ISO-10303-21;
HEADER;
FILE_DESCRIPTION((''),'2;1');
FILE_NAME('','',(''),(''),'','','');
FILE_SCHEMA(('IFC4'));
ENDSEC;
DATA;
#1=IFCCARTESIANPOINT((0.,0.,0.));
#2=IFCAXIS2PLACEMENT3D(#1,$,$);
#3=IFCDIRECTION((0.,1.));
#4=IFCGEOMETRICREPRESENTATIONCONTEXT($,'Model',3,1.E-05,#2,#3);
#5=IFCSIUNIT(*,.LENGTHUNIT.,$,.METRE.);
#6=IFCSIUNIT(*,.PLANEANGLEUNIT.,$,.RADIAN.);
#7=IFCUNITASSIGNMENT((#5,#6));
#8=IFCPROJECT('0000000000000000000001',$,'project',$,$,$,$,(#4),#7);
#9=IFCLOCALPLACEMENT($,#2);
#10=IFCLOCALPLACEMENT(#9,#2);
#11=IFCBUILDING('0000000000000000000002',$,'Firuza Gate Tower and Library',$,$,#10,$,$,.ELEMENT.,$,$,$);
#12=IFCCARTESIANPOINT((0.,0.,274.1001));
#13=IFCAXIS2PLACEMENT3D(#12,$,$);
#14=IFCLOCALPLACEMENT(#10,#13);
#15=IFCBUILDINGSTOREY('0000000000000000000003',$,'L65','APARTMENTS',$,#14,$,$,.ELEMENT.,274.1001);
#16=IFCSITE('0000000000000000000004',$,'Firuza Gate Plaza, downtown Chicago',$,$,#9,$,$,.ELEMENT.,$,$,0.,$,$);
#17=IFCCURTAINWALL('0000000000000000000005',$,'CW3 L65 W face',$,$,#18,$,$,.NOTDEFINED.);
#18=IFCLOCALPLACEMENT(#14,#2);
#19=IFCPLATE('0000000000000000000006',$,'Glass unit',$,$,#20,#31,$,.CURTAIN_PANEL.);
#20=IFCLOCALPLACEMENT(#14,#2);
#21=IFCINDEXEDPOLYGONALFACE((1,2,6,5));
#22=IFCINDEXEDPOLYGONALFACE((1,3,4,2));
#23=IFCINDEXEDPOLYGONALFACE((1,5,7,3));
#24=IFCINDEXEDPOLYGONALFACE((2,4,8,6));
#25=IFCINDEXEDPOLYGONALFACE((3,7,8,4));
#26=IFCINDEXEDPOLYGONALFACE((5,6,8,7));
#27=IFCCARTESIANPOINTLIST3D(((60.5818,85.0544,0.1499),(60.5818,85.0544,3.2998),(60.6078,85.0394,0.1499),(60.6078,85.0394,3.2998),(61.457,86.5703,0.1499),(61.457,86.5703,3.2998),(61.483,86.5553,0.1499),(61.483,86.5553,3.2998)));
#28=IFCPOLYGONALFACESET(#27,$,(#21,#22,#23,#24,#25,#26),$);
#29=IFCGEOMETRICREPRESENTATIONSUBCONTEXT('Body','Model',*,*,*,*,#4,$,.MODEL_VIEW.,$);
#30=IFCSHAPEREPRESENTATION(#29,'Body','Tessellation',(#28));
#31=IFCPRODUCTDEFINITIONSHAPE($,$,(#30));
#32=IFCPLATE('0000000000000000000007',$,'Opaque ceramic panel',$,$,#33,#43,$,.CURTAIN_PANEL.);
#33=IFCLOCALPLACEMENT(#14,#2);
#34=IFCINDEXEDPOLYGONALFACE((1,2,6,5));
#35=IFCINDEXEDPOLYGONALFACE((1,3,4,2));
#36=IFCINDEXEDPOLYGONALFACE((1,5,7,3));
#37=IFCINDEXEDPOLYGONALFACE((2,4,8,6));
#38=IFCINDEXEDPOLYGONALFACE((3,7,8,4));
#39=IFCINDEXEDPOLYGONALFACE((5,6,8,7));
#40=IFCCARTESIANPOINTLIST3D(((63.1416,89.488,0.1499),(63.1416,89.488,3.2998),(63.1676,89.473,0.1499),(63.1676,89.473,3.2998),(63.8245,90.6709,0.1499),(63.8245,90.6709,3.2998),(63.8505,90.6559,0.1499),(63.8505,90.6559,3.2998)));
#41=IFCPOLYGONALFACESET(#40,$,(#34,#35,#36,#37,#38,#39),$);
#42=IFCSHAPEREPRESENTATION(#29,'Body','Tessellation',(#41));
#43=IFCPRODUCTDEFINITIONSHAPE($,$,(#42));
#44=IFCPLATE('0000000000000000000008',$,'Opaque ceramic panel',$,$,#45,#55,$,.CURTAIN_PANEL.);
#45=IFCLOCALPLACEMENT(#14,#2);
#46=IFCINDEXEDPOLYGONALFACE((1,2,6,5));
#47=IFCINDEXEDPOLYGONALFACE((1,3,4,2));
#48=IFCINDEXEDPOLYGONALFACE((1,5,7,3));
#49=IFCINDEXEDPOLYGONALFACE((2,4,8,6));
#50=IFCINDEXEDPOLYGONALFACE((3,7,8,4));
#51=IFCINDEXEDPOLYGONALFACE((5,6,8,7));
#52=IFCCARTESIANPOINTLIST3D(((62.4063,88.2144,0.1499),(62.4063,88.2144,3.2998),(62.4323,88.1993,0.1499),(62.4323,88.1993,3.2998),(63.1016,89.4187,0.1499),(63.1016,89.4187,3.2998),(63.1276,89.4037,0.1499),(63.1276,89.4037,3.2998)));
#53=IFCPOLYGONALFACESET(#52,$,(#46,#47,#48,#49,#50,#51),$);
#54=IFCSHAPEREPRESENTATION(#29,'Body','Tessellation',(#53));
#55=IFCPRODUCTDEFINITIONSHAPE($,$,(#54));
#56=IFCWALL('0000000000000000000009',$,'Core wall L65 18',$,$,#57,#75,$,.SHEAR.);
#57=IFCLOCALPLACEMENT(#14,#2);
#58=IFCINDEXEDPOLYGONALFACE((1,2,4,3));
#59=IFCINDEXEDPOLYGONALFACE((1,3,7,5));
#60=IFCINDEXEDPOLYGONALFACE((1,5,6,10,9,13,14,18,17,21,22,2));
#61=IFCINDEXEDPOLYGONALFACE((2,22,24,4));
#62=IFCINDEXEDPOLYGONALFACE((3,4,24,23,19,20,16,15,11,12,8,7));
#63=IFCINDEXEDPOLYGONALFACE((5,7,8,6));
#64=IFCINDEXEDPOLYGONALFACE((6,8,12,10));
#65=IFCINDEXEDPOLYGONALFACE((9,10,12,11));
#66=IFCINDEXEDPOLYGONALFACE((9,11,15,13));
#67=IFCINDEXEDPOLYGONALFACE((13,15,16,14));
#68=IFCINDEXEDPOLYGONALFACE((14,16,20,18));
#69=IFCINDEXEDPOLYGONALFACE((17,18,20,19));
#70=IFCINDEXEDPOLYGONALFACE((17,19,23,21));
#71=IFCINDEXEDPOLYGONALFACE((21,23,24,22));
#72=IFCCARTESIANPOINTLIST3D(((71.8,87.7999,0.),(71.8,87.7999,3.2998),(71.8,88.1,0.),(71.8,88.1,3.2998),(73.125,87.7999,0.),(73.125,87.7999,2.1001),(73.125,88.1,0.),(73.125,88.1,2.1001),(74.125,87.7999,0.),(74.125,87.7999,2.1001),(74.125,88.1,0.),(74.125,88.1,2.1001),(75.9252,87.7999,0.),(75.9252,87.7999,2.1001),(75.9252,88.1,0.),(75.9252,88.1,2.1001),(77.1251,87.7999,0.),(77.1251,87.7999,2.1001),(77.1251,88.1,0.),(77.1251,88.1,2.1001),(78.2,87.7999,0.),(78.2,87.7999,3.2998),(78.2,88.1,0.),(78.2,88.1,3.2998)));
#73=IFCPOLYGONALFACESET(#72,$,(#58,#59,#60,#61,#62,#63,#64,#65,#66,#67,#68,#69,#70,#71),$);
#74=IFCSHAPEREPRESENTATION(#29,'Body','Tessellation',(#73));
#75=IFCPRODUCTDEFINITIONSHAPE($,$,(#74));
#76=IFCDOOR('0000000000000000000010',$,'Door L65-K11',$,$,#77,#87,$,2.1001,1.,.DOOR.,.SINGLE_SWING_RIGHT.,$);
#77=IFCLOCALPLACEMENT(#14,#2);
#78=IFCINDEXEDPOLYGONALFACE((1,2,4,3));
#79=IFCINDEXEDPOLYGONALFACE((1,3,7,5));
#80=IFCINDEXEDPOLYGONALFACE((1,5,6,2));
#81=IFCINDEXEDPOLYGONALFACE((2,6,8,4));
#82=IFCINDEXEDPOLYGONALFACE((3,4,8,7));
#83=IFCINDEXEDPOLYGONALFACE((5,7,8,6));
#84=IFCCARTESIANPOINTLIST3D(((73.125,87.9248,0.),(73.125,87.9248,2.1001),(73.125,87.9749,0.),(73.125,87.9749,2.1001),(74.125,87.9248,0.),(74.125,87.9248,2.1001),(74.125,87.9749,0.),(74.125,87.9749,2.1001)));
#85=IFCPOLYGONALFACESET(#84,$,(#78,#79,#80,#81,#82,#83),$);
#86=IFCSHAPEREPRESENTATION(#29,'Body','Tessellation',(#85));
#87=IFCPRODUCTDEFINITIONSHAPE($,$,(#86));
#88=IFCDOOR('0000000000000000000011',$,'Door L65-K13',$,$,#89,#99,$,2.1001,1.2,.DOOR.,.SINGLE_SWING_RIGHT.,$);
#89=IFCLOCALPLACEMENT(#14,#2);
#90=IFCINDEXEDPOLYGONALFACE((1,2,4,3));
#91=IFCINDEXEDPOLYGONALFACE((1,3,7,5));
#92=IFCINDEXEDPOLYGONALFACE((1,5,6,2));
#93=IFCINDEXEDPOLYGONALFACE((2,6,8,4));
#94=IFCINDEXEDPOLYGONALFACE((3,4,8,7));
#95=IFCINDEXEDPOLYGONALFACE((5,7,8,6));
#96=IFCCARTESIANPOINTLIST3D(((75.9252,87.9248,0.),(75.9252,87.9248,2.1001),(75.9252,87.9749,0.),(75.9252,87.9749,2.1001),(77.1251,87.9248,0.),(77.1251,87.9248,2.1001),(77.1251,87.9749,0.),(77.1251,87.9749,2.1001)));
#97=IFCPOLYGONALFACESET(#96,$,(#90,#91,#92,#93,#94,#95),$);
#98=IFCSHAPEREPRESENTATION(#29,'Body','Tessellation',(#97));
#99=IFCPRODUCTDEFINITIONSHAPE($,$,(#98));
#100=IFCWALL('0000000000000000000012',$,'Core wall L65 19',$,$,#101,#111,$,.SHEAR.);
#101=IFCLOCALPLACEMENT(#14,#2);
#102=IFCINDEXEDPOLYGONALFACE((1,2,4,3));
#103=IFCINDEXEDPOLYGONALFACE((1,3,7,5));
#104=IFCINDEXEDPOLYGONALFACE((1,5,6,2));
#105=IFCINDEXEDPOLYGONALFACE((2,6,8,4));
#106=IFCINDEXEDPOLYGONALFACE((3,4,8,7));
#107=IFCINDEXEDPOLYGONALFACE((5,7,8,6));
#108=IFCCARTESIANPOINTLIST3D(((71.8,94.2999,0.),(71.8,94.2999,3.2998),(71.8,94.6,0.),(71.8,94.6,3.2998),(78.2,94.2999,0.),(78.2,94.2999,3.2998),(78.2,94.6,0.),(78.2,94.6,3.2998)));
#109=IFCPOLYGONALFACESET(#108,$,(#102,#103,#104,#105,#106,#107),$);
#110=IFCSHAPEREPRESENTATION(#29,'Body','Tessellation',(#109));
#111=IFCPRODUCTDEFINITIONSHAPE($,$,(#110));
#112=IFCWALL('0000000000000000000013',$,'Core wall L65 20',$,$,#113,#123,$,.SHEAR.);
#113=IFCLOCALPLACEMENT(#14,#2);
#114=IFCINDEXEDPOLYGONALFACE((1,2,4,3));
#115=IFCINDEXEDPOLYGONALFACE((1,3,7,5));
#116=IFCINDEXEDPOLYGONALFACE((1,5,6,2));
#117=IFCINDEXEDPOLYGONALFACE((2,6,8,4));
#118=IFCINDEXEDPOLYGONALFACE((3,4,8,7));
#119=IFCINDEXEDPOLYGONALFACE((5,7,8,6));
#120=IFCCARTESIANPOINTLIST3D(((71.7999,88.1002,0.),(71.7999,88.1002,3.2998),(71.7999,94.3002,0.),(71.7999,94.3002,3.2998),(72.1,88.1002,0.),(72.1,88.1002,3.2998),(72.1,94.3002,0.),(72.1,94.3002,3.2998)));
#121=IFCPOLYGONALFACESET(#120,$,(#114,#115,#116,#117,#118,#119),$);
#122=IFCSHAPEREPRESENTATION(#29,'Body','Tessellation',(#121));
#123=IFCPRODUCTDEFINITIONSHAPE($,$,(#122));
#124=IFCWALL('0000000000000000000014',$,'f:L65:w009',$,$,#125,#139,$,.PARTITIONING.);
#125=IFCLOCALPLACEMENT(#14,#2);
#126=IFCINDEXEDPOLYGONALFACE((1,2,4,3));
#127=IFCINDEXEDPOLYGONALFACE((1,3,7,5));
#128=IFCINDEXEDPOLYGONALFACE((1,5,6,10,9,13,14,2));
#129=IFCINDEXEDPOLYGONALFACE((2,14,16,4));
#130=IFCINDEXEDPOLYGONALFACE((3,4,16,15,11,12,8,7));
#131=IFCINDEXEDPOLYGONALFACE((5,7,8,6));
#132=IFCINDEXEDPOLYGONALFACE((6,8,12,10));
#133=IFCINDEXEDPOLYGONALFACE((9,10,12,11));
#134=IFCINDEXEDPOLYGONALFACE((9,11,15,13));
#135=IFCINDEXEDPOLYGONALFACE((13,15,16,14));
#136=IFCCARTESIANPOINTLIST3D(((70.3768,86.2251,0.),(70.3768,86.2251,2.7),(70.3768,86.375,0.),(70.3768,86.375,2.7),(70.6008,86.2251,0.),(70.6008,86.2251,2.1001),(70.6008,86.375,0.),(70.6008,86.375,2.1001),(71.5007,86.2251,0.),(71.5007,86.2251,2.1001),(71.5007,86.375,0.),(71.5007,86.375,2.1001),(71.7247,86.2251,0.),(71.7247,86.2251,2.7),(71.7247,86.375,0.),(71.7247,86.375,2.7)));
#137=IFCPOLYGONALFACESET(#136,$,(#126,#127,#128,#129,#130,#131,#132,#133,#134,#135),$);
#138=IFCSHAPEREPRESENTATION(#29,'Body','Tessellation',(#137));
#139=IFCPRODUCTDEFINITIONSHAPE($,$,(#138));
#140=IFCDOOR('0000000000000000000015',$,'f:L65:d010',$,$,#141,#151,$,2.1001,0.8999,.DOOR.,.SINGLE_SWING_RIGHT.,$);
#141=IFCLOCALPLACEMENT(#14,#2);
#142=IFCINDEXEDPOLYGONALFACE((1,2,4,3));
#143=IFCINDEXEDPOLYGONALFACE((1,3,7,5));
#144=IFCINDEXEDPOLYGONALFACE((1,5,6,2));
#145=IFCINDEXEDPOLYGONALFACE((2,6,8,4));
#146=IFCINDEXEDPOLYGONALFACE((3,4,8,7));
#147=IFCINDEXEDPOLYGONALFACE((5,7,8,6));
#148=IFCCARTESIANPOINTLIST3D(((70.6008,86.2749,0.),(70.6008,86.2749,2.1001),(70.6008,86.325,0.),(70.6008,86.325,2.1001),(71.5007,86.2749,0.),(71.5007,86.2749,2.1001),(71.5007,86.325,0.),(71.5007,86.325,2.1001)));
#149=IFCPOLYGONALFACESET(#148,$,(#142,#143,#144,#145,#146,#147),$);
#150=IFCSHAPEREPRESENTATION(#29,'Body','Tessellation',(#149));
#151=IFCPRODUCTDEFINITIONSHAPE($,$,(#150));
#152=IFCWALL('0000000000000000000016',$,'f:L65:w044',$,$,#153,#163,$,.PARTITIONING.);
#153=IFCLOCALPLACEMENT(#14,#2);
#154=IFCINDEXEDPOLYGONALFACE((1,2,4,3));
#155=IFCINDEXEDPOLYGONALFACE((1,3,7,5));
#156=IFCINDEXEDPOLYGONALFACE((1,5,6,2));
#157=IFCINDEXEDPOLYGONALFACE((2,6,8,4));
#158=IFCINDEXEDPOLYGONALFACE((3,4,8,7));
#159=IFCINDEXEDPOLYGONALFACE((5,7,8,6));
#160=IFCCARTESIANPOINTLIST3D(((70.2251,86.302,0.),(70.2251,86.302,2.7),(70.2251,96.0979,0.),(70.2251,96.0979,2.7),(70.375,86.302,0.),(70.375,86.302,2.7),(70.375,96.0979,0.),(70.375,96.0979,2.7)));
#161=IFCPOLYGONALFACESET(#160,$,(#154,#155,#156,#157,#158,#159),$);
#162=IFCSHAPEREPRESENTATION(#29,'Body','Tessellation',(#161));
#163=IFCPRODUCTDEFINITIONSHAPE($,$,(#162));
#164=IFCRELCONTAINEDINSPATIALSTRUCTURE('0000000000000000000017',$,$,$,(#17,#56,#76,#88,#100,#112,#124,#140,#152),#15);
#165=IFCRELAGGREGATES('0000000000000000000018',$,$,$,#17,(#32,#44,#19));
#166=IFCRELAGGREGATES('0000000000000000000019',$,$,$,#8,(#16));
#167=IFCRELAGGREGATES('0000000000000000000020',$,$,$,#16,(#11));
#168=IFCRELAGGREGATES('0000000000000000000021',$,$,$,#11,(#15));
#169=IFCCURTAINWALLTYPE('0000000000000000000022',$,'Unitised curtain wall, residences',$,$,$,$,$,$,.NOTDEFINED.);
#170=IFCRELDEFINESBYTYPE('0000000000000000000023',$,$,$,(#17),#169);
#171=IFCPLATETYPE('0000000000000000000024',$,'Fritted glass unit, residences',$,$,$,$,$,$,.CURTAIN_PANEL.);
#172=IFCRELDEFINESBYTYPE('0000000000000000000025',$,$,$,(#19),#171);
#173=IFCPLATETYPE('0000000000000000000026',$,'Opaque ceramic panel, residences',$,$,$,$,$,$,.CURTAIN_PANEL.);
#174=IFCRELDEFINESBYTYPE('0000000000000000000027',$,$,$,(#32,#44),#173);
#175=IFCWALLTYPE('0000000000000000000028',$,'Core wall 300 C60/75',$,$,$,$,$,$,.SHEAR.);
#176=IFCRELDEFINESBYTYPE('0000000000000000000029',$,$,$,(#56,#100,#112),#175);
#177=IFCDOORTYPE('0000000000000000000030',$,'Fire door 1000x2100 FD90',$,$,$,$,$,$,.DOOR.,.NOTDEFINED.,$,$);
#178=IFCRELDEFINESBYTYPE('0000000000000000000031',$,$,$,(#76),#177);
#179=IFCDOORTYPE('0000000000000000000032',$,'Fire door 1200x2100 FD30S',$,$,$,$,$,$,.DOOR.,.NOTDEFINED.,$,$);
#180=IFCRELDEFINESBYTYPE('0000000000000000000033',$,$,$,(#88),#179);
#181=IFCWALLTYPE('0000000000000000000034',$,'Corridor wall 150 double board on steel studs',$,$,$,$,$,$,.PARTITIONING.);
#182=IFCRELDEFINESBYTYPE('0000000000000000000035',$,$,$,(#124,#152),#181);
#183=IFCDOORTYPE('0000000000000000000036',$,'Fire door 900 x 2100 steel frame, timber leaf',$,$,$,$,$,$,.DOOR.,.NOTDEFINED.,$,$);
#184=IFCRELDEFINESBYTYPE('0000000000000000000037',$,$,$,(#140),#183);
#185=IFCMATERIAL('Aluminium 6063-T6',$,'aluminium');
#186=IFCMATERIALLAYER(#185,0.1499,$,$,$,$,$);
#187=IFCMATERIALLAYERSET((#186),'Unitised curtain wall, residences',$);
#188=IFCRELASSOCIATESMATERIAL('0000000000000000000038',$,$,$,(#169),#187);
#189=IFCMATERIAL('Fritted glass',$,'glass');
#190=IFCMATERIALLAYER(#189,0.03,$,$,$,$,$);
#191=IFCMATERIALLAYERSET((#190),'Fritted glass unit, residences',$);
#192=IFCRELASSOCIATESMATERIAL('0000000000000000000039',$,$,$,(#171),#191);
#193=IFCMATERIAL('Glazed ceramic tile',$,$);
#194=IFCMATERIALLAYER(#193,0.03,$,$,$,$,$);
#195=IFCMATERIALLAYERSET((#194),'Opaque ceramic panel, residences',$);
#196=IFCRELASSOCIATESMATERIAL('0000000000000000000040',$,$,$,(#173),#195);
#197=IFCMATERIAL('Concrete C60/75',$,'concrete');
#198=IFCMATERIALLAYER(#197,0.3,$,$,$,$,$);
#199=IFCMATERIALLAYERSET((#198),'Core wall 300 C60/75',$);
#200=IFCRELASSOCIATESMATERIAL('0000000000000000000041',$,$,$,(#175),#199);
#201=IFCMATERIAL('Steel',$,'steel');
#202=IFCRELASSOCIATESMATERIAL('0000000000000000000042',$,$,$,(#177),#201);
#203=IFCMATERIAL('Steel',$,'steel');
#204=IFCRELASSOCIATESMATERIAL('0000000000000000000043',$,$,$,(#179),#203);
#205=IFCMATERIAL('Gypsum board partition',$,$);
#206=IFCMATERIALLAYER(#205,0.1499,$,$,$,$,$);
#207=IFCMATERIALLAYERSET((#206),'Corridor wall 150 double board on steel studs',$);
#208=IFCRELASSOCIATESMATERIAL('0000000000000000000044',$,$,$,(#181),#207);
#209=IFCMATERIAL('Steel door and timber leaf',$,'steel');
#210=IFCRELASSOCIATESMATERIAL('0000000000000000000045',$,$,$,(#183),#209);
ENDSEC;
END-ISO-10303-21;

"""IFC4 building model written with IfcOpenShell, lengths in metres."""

from ifc_helpers import new_model, si_unit, direction, frame, frame_2d, origin, place, context, subcontext, project, spatial, polyline, rectangle, outline, extrude, material, layer, layer_set, type_object, element, fill, aggregate, save


model = new_model("IFC4")

# Units and contexts
model_context = context("Model", 3, precision=1e-05, world=origin(), true_north=direction((0.0, 1.0)))
body_context = subcontext(model_context, "Body", "Model", "MODEL_VIEW")
ifc_project = project(units=[si_unit("LENGTHUNIT", "METRE"), si_unit("PLANEANGLEUNIT", "RADIAN")], contexts=[model_context])

# Site, building, storey
site_placement = place(None, origin())
site = spatial("IfcSite", under=ifc_project, at=site_placement, Name="Firuza Gate Plaza, downtown Chicago", CompositionType="ELEMENT", RefElevation=0.0)
building_placement = place(site_placement, origin())
building = spatial("IfcBuilding", under=site, at=building_placement, Name="Firuza Gate Tower and Library", CompositionType="ELEMENT")
storey_placement = place(building_placement, frame((0.0, 0.0, 274.1001)))
storey = spatial("IfcBuildingStorey", under=building, at=storey_placement, Name="L65", Description="APARTMENTS", CompositionType="ELEMENT", Elevation=274.1001)

# Curtain wall
ifc_material_1 = material(Name="Aluminium 6063-T6", Category="aluminium")
ifc_layer_1 = layer(ifc_material_1, 0.1499)
ifc_layer_set_1 = layer_set([ifc_layer_1], Name="Unitised curtain wall, residences")
curtain_wall_type = type_object("IfcCurtainWallType", Name="Unitised curtain wall, residences", PredefinedType="NOTDEFINED", material=ifc_layer_set_1)
placement = place(storey_placement, origin())
curtain_wall = element("IfcCurtainWall", 1, at=placement, inside=storey, type_object=curtain_wall_type, Name="CW3 L65 W face", PredefinedType="NOTDEFINED")

# Plates
ifc_material_2 = material(Name="Fritted glass", Category="glass")
ifc_layer_2 = layer(ifc_material_2, 0.03)
ifc_layer_set_2 = layer_set([ifc_layer_2], Name="Fritted glass unit, residences")
plate_type_1 = type_object("IfcPlateType", Name="Fritted glass unit, residences", PredefinedType="CURTAIN_PANEL", material=ifc_layer_set_2)
plate_1_placement = place(storey_placement, frame((61.457, 86.5703, 0.1499), z_axis=(-0.866011, 0.500024, 0.0), x_axis=(-0.500024, -0.866011, 0.0)))
plate_1 = element("IfcPlate", 2, at=plate_1_placement, type_object=plate_type_1, Name="Glass unit", PredefinedType="CURTAIN_PANEL", context=body_context, shape_type="SweptSolid", body=[
    extrude(outline(polyline([(0.0, 0.0), (1.7504, 0.0), (1.7504, 3.1499), (0.0, 3.1499), (0.0, 0.0)])), origin(), (0.0, 0.0, -1.0), 0.03),
])
ifc_material_3 = material(Name="Glazed ceramic tile")
ifc_layer_3 = layer(ifc_material_3, 0.03)
ifc_layer_set_3 = layer_set([ifc_layer_3], Name="Opaque ceramic panel, residences")
plate_type_2 = type_object("IfcPlateType", Name="Opaque ceramic panel, residences", PredefinedType="CURTAIN_PANEL", material=ifc_layer_set_3)
plate_2_placement = place(storey_placement, frame((63.8245, 90.6709, 0.1499), z_axis=(-0.866046, 0.499965, 0.0), x_axis=(-0.499965, -0.866046, 0.0)))
plate_2 = element("IfcPlate", 3, at=plate_2_placement, type_object=plate_type_2, Name="Opaque ceramic panel", PredefinedType="CURTAIN_PANEL", context=body_context, shape_type="SweptSolid", body=[
    extrude(outline(polyline([(0.0, 0.0), (1.3658, 0.0), (1.3658, 3.1499), (0.0, 3.1499), (0.0, 0.0)])), origin(), (0.0, 0.0, -1.0), 0.03),
])
plate_3_placement = place(storey_placement, frame((63.1016, 89.4187, 0.1499), z_axis=(-0.866031, 0.499991, 0.0), x_axis=(-0.499991, -0.866031, 0.0)))
plate_3 = element("IfcPlate", 4, at=plate_3_placement, type_object=plate_type_2, Name="Opaque ceramic panel", PredefinedType="CURTAIN_PANEL", context=body_context, shape_type="SweptSolid", body=[
    extrude(outline(polyline([(0.0, 0.0), (1.3907, 0.0), (1.3907, 3.1499), (0.0, 3.1499), (0.0, 0.0)])), origin(), (0.0, 0.0, -1.0), 0.03),
])
aggregate(curtain_wall, [plate_2, plate_3, plate_1])

# Wall, openings, doors
ifc_material_4 = material(Name="Concrete C60/75", Category="concrete")
ifc_layer_4 = layer(ifc_material_4, 0.3)
ifc_layer_set_4 = layer_set([ifc_layer_4], Name="Core wall 300 C60/75")
wall_type_1 = type_object("IfcWallType", Name="Core wall 300 C60/75", PredefinedType="SHEAR", material=ifc_layer_set_4)
wall_1_placement = place(storey_placement, frame((71.8, 87.95, 0.0), z_axis=(0.0, 0.0, 1.0), x_axis=(1.0, 0.0, 0.0)))
wall_1 = element("IfcWall", 5, at=wall_1_placement, inside=storey, type_object=wall_type_1, Name="Core wall L65 18", PredefinedType="SHEAR", context=body_context, shape_type="SweptSolid", body=[
    extrude(rectangle(XDim=6.3999, YDim=0.3, at=frame_2d((3.2, 0.0))), origin(), (0.0, 0.0, 1.0), 3.2998),
])
opening_1_placement = place(wall_1_placement, frame((1.325, 0.0, 0.0)))
opening_1 = element("IfcOpeningElement", 6, at=opening_1_placement, cuts=wall_1, PredefinedType="OPENING", context=body_context, shape_type="SweptSolid", body=[
    extrude(rectangle(XDim=1.0, YDim=2.1001, at=frame_2d((0.5, 1.05))), frame((0.0, 0.1602, 0.0), z_axis=(0.0, -1.0, 0.0), x_axis=(1.0, 0.0, 0.0)), (0.0, 0.0, 1.0), 0.3201),
])
opening_2_placement = place(wall_1_placement, frame((4.125, 0.0, 0.0)))
opening_2 = element("IfcOpeningElement", 7, at=opening_2_placement, cuts=wall_1, PredefinedType="OPENING", context=body_context, shape_type="SweptSolid", body=[
    extrude(rectangle(XDim=1.2, YDim=2.1001, at=frame_2d((0.6001, 1.05))), frame((0.0, 0.1602, 0.0), z_axis=(0.0, -1.0, 0.0), x_axis=(1.0, 0.0, 0.0)), (0.0, 0.0, 1.0), 0.3201),
])
ifc_material_5 = material(Name="Steel", Category="steel")
door_type_1 = type_object("IfcDoorType", Name="Fire door 1000x2100 FD90", OperationType="NOTDEFINED", PredefinedType="DOOR", material=ifc_material_5)
door_1_placement = place(opening_1_placement, origin())
door_1 = element("IfcDoor", 8, at=door_1_placement, inside=storey, type_object=door_type_1, Name="Door L65-K11", OperationType="SINGLE_SWING_RIGHT", OverallHeight=2.1001, OverallWidth=1.0, PredefinedType="DOOR", context=body_context, shape_type="SweptSolid", body=[
    extrude(rectangle(XDim=1.0, YDim=2.1001, at=frame_2d((0.5, 1.05))), frame((0.0, 0.0249, 0.0), z_axis=(0.0, -1.0, 0.0), x_axis=(1.0, 0.0, 0.0)), (0.0, 0.0, 1.0), 0.05),
])
fill(opening_1, door_1)
ifc_material_6 = material(Name="Steel", Category="steel")
door_type_2 = type_object("IfcDoorType", Name="Fire door 1200x2100 FD30S", OperationType="NOTDEFINED", PredefinedType="DOOR", material=ifc_material_6)
door_2_placement = place(opening_2_placement, origin())
door_2 = element("IfcDoor", 9, at=door_2_placement, inside=storey, type_object=door_type_2, Name="Door L65-K13", OperationType="SINGLE_SWING_RIGHT", OverallHeight=2.1001, OverallWidth=1.2, PredefinedType="DOOR", context=body_context, shape_type="SweptSolid", body=[
    extrude(rectangle(XDim=1.2, YDim=2.1001, at=frame_2d((0.6001, 1.05))), frame((0.0, 0.0249, 0.0), z_axis=(0.0, -1.0, 0.0), x_axis=(1.0, 0.0, 0.0)), (0.0, 0.0, 1.0), 0.05),
])
fill(opening_2, door_2)

# Walls
wall_2_placement = place(storey_placement, frame((71.8, 94.45, 0.0), z_axis=(0.0, 0.0, 1.0), x_axis=(1.0, 0.0, 0.0)))
element("IfcWall", 10, at=wall_2_placement, inside=storey, type_object=wall_type_1, Name="Core wall L65 19", PredefinedType="SHEAR", context=body_context, shape_type="SweptSolid", body=[
    extrude(rectangle(XDim=6.3999, YDim=0.3, at=frame_2d((3.2, 0.0))), origin(), (0.0, 0.0, 1.0), 3.2998),
])
wall_3_placement = place(storey_placement, frame((71.95, 88.1001, 0.0), z_axis=(0.0, 0.0, 1.0), x_axis=(0.0, 1.0, 0.0)))
element("IfcWall", 11, at=wall_3_placement, inside=storey, type_object=wall_type_1, Name="Core wall L65 20", PredefinedType="SHEAR", context=body_context, shape_type="SweptSolid", body=[
    extrude(rectangle(XDim=6.2, YDim=0.3, at=frame_2d((3.1001, 0.0))), origin(), (0.0, 0.0, 1.0), 3.2998),
])

# Wall, opening, door
ifc_material_7 = material(Name="Gypsum board partition")
ifc_layer_5 = layer(ifc_material_7, 0.1499)
ifc_layer_set_5 = layer_set([ifc_layer_5], Name="Corridor wall 150 double board on steel studs")
wall_type_2 = type_object("IfcWallType", Name="Corridor wall 150 double board on steel studs", PredefinedType="PARTITIONING", material=ifc_layer_set_5)
wall_4_placement = place(storey_placement, frame((70.377, 86.3, 0.0), z_axis=(0.0, 0.0, 1.0), x_axis=(1.0, 0.0, 0.0)))
wall_4 = element("IfcWall", 12, at=wall_4_placement, inside=storey, type_object=wall_type_2, Name="f:L65:w009", PredefinedType="PARTITIONING", context=body_context, shape_type="SweptSolid", body=[
    extrude(rectangle(XDim=1.3479, YDim=0.1499, at=frame_2d((0.6738, 0.0))), origin(), (0.0, 0.0, 1.0), 2.7),
])
opening_3_placement = place(wall_4_placement, frame((0.2239, 0.0, 0.0)))
opening_3 = element("IfcOpeningElement", 13, at=opening_3_placement, cuts=wall_4, PredefinedType="OPENING", context=body_context, shape_type="SweptSolid", body=[
    extrude(rectangle(XDim=0.8999, YDim=2.1001, at=frame_2d((0.45, 1.05))), frame((0.0, 0.085, 0.0), z_axis=(0.0, -1.0, 0.0), x_axis=(1.0, 0.0, 0.0)), (0.0, 0.0, 1.0), 0.1699),
])
ifc_material_8 = material(Name="Steel door and timber leaf", Category="steel")
door_type_3 = type_object("IfcDoorType", Name="Fire door 900 x 2100 steel frame, timber leaf", OperationType="NOTDEFINED", PredefinedType="DOOR", material=ifc_material_8)
door_3_placement = place(opening_3_placement, origin())
door_3 = element("IfcDoor", 14, at=door_3_placement, inside=storey, type_object=door_type_3, Name="f:L65:d010", OperationType="SINGLE_SWING_RIGHT", OverallHeight=2.1001, OverallWidth=0.8999, PredefinedType="DOOR", context=body_context, shape_type="SweptSolid", body=[
    extrude(rectangle(XDim=0.8999, YDim=2.1001, at=frame_2d((0.45, 1.05))), frame((0.0, 0.0249, 0.0), z_axis=(0.0, -1.0, 0.0), x_axis=(1.0, 0.0, 0.0)), (0.0, 0.0, 1.0), 0.05),
])
fill(opening_3, door_3)

# Wall
wall_5_placement = place(storey_placement, frame((70.3, 86.302, 0.0), z_axis=(0.0, 0.0, 1.0), x_axis=(0.0, 1.0, 0.0)))
element("IfcWall", 15, at=wall_5_placement, inside=storey, type_object=wall_type_2, Name="f:L65:w044", PredefinedType="PARTITIONING", context=body_context, shape_type="SweptSolid", body=[
    extrude(rectangle(XDim=9.7959, YDim=0.1499, at=frame_2d((4.8979, 0.0))), origin(), (0.0, 0.0, 1.0), 2.7),
])

save(model, "model.ifc")
